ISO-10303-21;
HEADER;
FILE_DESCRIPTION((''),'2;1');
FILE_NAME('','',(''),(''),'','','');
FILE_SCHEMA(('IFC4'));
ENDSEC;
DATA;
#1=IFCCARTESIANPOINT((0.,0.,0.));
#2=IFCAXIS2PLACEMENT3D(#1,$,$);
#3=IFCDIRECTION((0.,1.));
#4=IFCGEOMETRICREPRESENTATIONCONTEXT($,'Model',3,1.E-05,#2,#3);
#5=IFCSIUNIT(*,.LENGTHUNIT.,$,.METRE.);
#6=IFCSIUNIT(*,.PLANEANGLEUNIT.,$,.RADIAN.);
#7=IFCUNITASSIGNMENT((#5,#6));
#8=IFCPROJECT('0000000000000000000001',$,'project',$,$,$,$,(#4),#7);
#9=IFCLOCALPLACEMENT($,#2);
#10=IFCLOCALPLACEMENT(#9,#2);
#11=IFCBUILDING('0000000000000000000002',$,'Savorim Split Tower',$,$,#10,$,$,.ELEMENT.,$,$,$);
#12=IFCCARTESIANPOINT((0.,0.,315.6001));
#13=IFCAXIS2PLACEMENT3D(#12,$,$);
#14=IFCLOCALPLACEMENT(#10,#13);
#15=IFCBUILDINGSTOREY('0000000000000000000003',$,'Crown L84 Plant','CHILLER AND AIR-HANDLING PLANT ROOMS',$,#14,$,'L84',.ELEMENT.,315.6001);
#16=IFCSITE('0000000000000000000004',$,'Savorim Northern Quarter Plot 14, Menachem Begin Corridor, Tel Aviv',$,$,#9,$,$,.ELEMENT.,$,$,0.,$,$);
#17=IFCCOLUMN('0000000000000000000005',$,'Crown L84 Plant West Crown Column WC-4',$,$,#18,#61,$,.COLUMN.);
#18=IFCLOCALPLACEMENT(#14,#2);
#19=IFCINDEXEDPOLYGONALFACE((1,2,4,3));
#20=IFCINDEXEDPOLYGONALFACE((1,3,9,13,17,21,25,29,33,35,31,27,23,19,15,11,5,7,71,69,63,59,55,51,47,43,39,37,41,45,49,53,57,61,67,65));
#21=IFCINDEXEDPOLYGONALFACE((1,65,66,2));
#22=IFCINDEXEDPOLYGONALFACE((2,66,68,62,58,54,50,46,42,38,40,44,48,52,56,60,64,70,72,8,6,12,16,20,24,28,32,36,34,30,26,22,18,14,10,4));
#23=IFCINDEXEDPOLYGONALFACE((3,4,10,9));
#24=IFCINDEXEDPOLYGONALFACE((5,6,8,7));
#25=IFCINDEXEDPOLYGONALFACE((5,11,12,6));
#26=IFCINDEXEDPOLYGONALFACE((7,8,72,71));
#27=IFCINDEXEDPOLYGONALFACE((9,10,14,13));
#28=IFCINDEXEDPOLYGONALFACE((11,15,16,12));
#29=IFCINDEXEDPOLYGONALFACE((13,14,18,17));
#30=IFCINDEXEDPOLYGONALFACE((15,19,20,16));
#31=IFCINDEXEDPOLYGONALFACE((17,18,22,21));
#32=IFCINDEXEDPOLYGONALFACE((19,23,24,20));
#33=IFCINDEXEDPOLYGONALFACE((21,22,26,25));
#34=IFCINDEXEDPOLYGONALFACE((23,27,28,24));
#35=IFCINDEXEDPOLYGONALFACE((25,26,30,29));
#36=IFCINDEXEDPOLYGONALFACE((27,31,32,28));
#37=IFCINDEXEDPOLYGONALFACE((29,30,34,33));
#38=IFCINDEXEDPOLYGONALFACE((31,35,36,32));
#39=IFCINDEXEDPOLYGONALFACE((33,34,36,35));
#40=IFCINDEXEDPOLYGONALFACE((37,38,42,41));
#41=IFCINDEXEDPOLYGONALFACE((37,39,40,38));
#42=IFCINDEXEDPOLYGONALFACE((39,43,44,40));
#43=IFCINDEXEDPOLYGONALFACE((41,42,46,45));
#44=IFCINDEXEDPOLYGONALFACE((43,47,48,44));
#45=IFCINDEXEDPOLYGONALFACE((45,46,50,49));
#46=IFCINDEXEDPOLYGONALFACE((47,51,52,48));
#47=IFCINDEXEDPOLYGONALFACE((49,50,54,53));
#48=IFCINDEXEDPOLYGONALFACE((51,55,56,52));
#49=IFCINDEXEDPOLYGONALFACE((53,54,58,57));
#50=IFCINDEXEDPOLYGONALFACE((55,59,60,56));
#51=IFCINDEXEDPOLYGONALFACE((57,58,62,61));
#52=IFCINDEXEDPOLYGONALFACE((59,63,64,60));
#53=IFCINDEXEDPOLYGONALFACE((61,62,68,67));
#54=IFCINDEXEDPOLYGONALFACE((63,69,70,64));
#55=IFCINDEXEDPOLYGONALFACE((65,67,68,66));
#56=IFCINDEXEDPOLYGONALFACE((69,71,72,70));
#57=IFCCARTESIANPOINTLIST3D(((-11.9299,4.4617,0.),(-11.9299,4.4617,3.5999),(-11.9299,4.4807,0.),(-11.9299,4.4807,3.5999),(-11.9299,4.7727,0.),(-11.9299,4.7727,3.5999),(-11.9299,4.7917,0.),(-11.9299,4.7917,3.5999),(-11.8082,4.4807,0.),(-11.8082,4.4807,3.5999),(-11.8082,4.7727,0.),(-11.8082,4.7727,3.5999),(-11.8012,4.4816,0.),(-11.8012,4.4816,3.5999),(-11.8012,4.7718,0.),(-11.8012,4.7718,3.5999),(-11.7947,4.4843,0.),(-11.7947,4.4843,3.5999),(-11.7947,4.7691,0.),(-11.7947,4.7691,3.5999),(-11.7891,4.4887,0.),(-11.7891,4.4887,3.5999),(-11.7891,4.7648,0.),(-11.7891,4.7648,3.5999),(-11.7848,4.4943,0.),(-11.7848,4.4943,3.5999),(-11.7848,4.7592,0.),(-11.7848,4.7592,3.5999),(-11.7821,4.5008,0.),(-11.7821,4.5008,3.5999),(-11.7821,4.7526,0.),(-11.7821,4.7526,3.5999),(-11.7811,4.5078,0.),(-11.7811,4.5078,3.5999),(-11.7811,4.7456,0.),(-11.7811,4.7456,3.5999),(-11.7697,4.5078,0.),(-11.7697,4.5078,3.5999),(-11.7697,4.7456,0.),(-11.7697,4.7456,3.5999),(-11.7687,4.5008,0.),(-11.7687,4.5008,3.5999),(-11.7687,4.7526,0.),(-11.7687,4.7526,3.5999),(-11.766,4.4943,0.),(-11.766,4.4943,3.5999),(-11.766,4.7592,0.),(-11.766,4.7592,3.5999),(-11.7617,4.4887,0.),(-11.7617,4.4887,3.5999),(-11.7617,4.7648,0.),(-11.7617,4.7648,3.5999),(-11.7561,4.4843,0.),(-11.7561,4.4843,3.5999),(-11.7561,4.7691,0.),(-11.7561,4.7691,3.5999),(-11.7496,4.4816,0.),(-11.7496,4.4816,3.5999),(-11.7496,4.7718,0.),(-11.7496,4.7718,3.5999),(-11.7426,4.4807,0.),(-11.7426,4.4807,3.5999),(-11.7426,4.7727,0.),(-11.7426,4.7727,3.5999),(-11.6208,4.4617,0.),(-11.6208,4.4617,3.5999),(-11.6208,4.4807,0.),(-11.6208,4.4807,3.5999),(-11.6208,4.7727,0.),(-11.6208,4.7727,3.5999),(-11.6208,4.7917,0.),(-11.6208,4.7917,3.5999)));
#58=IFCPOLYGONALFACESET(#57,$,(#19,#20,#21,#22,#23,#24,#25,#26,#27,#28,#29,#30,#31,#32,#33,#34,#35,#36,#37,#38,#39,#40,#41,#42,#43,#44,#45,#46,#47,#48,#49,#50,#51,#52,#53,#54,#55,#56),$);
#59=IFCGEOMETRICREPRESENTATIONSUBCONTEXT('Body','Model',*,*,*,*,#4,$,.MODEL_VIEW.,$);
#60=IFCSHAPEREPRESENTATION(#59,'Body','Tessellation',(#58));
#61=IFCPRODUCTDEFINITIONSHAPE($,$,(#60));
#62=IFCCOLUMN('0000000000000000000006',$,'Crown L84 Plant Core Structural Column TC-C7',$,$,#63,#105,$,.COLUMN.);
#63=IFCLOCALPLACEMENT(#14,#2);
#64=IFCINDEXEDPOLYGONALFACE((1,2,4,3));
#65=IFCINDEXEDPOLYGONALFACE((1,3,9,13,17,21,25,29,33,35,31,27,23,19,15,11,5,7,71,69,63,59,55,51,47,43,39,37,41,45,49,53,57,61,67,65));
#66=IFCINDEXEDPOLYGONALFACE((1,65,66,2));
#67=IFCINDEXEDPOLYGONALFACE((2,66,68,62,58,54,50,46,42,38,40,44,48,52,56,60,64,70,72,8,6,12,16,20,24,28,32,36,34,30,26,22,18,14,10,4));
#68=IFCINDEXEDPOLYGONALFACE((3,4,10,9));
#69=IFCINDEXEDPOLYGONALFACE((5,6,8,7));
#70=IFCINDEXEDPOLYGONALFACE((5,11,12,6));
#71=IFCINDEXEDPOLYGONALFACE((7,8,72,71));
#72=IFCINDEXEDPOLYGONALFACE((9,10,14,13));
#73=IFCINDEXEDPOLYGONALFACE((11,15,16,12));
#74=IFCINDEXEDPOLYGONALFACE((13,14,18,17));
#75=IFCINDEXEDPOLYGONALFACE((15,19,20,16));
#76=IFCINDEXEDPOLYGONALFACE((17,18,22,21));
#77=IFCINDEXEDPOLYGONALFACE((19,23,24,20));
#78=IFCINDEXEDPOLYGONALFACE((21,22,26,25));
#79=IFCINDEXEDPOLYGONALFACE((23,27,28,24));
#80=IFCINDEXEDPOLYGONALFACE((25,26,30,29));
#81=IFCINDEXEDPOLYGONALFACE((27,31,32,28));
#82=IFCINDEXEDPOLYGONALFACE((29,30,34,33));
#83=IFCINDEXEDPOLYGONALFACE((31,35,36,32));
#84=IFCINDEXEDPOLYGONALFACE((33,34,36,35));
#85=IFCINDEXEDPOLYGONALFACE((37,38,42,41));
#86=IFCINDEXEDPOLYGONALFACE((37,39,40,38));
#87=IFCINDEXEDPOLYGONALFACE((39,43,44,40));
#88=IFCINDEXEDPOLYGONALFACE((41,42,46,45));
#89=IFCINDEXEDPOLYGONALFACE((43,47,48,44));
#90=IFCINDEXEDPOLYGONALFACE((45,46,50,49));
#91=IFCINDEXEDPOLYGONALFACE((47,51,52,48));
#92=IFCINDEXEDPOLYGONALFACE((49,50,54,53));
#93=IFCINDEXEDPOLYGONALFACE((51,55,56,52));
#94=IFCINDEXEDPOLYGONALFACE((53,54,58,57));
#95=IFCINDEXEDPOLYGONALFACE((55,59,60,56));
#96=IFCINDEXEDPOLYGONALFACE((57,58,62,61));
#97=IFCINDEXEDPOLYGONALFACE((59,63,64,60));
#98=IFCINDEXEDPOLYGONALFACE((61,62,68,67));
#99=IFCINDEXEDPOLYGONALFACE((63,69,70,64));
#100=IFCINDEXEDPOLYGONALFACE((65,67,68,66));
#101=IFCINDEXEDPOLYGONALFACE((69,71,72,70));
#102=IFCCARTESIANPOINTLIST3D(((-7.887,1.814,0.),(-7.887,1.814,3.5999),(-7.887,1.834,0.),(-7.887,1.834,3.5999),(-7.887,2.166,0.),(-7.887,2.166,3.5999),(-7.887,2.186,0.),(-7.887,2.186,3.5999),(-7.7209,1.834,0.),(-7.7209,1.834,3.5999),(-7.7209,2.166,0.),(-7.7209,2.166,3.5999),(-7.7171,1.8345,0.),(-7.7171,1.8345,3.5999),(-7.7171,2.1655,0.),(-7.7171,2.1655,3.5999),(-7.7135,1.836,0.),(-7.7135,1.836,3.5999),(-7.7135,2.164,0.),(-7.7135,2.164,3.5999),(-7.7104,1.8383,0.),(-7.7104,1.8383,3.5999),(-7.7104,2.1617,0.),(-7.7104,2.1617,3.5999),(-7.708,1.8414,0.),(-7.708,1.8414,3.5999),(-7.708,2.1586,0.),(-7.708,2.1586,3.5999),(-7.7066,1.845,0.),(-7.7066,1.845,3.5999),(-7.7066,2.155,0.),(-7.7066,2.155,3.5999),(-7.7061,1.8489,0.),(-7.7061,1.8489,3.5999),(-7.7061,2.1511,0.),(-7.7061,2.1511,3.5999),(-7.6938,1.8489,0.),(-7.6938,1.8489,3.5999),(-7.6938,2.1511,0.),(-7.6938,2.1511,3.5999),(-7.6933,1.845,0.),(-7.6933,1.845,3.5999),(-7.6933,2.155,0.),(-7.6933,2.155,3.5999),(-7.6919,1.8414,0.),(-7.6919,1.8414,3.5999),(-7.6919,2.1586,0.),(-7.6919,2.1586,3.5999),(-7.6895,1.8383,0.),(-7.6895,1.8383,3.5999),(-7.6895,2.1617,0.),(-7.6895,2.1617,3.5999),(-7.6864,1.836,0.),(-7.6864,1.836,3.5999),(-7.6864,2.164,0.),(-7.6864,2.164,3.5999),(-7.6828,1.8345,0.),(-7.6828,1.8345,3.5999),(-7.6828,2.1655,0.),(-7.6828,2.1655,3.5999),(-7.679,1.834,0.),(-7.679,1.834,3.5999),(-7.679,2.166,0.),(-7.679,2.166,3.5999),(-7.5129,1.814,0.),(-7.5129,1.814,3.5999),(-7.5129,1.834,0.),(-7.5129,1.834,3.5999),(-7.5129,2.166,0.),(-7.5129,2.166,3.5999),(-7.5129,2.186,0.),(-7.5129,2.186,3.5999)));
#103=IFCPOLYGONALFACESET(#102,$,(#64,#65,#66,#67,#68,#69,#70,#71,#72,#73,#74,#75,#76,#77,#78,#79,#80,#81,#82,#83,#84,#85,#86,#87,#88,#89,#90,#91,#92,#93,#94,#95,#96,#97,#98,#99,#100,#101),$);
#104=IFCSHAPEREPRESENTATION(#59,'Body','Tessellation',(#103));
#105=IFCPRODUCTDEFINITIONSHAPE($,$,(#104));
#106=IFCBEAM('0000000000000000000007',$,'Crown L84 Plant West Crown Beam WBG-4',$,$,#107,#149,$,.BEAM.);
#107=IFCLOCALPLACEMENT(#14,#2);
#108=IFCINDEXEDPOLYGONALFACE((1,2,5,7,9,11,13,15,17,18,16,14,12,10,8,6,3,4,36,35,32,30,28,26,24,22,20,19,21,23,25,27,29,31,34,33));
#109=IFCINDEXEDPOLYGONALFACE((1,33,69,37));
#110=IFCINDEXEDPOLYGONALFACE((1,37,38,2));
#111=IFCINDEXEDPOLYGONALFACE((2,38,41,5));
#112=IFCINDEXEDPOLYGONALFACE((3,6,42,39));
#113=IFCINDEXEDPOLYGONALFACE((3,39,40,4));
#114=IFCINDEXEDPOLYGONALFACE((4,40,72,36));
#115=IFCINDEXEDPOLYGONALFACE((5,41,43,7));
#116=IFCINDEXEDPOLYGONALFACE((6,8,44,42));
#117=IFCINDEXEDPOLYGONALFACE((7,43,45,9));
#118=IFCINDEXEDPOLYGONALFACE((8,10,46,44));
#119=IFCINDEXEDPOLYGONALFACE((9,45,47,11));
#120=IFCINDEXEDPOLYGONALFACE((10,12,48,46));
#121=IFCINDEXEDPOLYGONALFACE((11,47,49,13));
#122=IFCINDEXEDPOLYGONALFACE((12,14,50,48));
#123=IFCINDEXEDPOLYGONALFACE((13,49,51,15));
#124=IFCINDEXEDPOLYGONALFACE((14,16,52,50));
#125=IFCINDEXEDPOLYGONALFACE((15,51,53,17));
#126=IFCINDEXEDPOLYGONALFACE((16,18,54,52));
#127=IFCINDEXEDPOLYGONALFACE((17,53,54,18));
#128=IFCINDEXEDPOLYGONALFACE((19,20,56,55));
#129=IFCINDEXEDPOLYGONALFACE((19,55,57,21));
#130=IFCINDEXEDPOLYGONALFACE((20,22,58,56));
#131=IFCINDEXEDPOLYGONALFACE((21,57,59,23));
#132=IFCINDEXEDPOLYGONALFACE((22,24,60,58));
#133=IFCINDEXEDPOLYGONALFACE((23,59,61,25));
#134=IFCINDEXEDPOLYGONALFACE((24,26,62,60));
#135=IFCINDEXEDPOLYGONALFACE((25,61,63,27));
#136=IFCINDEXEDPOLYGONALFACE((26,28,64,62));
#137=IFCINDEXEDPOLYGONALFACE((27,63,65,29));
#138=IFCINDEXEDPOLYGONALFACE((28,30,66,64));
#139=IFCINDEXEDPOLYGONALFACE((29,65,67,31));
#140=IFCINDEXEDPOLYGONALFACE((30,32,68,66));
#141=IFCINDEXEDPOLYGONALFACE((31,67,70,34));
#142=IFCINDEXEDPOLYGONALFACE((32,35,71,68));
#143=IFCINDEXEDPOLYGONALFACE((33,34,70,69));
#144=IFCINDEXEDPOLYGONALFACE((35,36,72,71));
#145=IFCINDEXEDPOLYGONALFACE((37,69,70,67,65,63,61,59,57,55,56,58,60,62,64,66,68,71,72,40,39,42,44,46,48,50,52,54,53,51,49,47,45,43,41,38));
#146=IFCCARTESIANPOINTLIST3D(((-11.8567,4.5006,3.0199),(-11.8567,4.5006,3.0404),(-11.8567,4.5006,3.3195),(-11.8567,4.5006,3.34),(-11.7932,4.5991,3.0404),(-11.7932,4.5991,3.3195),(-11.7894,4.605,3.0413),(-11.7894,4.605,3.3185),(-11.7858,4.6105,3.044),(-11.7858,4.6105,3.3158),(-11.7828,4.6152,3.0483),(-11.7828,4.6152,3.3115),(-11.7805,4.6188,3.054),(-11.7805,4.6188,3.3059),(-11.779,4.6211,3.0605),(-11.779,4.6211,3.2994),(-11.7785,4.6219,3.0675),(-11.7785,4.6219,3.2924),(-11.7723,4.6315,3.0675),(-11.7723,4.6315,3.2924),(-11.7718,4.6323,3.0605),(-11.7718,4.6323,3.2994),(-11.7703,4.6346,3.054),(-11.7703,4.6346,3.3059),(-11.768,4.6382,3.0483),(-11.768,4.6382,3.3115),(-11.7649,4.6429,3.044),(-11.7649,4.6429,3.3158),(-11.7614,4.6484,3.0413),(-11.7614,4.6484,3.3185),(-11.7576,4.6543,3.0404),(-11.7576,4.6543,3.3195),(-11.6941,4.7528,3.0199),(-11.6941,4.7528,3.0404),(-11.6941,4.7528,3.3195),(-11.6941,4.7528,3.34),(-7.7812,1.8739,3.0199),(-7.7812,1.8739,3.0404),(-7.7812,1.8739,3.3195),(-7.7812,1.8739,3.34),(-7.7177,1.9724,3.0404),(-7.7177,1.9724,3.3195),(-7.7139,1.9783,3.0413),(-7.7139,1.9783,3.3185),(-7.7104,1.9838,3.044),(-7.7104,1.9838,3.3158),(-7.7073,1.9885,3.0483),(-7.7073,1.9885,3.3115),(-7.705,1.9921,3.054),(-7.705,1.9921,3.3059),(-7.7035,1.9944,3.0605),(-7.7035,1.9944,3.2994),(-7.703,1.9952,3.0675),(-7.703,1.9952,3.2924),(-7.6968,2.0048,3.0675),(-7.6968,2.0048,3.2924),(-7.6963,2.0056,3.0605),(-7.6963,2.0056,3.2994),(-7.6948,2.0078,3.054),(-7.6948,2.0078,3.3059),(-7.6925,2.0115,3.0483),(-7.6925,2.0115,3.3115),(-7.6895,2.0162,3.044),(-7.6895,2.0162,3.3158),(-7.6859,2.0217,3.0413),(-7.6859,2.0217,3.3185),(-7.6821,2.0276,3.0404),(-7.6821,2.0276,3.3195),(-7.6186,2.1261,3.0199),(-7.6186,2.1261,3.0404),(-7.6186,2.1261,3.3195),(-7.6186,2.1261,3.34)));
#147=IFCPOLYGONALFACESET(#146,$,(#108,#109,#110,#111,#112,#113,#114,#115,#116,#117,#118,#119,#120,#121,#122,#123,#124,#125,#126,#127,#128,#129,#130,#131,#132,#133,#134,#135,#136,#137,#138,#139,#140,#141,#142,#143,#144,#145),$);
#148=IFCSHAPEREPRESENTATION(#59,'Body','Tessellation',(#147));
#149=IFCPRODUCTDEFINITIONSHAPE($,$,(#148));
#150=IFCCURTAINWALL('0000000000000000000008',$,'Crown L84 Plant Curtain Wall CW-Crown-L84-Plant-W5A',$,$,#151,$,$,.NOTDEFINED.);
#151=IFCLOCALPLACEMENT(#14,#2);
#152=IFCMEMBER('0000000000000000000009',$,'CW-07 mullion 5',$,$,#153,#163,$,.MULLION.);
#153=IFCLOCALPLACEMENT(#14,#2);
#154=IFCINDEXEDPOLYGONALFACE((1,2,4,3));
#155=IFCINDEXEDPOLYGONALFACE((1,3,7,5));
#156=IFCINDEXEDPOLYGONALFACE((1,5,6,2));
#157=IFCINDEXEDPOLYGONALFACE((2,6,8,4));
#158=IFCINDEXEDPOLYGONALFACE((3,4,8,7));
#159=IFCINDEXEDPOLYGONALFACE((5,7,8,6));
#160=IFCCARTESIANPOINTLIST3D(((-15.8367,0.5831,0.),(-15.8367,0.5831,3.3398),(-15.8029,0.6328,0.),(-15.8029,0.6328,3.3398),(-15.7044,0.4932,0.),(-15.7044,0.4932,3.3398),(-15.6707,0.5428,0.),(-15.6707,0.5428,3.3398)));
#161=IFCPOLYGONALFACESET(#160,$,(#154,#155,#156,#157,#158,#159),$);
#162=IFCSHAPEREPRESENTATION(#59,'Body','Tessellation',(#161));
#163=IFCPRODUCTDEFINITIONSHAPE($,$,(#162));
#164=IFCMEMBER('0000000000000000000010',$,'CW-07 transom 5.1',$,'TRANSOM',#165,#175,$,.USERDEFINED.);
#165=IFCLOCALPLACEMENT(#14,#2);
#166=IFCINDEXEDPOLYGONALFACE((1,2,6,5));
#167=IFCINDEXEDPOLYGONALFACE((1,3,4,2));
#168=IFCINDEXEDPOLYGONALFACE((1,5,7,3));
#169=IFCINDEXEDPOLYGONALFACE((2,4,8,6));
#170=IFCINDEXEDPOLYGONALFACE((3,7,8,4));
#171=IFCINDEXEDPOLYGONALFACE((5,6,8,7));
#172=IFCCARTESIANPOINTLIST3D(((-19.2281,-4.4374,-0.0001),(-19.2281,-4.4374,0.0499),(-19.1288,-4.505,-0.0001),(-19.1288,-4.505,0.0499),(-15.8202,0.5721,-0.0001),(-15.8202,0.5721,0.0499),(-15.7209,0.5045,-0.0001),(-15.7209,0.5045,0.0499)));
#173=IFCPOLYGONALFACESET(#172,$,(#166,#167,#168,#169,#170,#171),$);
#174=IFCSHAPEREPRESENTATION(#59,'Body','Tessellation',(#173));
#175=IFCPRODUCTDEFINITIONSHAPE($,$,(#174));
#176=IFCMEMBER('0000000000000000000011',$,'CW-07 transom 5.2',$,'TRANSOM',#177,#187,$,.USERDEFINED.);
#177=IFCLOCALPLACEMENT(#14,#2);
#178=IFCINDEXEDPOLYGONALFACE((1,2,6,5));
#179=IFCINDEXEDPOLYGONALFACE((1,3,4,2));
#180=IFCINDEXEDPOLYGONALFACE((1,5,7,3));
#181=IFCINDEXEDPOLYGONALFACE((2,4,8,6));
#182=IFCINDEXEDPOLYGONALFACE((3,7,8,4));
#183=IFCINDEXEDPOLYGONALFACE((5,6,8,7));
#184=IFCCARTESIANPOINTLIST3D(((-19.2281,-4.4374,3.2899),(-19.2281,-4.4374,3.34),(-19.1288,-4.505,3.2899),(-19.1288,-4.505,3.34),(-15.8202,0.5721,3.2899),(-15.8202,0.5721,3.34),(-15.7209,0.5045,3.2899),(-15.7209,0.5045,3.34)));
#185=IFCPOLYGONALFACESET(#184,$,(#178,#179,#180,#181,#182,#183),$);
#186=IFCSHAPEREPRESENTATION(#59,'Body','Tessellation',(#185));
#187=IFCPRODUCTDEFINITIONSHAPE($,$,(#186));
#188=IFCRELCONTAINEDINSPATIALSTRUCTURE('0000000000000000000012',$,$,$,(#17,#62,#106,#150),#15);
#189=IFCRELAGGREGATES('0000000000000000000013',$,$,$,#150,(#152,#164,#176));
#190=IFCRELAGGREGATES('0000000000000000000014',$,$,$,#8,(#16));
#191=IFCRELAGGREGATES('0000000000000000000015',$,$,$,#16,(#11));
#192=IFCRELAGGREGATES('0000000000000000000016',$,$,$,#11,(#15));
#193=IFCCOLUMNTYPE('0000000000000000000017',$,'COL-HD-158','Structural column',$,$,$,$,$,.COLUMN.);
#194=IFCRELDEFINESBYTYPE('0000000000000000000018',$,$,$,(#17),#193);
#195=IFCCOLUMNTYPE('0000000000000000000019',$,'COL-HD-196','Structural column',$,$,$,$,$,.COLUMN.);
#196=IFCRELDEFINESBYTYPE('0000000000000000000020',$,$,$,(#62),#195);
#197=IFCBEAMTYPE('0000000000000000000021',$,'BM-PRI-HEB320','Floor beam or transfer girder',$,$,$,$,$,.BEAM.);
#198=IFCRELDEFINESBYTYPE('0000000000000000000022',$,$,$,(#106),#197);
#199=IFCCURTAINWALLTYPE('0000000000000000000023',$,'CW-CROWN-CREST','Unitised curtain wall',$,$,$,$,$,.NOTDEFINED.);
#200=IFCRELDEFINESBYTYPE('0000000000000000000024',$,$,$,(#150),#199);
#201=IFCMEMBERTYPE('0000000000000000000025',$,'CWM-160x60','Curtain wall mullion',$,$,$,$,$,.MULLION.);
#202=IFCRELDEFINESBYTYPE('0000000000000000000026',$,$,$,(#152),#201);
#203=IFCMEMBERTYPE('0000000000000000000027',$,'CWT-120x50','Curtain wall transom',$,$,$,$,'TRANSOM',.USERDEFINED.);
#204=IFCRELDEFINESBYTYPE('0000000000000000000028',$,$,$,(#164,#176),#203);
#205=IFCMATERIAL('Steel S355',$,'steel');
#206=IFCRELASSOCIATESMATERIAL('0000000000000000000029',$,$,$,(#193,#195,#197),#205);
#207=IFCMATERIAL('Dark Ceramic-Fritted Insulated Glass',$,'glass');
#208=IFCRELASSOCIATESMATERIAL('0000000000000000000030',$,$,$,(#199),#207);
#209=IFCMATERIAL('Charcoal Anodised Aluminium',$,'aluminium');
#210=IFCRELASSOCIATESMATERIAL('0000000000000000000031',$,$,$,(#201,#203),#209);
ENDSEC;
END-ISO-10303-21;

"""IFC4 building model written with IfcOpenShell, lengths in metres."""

from ifc_helpers import new_model, si_unit, direction, frame, origin, origin_2d, place, context, subcontext, project, spatial, rectangle, i_section, extrude, material, material_profile, profile_set, type_object, element, aggregate, save


model = new_model("IFC4")

# Units and contexts
model_context = context("Model", 3, precision=1e-05, world=origin(), true_north=direction((0.0, 1.0)))
body_context = subcontext(model_context, "Body", "Model", "MODEL_VIEW")
ifc_project = project(units=[si_unit("LENGTHUNIT", "METRE"), si_unit("PLANEANGLEUNIT", "RADIAN")], contexts=[model_context])

# Site, building, storey
site_placement = place(None, origin())
site = spatial("IfcSite", under=ifc_project, at=site_placement, Name="Savorim Northern Quarter Plot 14, Menachem Begin Corridor, Tel Aviv", CompositionType="ELEMENT", RefElevation=0.0)
building_placement = place(site_placement, origin())
building = spatial("IfcBuilding", under=site, at=building_placement, Name="Savorim Split Tower", CompositionType="ELEMENT")
storey_placement = place(building_placement, frame((0.0, 0.0, 315.6001)))
storey = spatial("IfcBuildingStorey", under=building, at=storey_placement, Name="Crown L84 Plant", Description="CHILLER AND AIR-HANDLING PLANT ROOMS", LongName="L84", CompositionType="ELEMENT", Elevation=315.6001)

# Columns
ifc_material_1 = material(Name="Steel S355", Category="steel")
ifc_material_profile_1 = material_profile(ifc_material_1, i_section(OverallWidth=0.3091, OverallDepth=0.3301, WebThickness=0.0115, FlangeThickness=0.019, FilletRadius=0.0271, at=origin_2d()), Name="HD 320x158")
ifc_profile_set_1 = profile_set([ifc_material_profile_1], Name="Steel S355")
column_type_1 = type_object("IfcColumnType", Name="COL-HD-158", Description="Structural column", PredefinedType="COLUMN", material=ifc_profile_set_1)
column_1_placement = place(storey_placement, frame((-11.7754, 4.6267, 0.0), z_axis=(0.0, 0.0, 1.0), x_axis=(1.0, 0.0, 0.0)))
element("IfcColumn", 1, at=column_1_placement, inside=storey, type_object=column_type_1, Name="Crown L84 Plant West Crown Column WC-4", PredefinedType="COLUMN", context=body_context, shape_type="SweptSolid", body=[
    extrude(i_section(OverallWidth=0.3091, OverallDepth=0.3301, WebThickness=0.0115, FlangeThickness=0.019, FilletRadius=0.0271, at=origin_2d()), origin(), (0.0, 0.0, 1.0), 3.5999),
])
ifc_material_profile_2 = material_profile(ifc_material_1, i_section(OverallWidth=0.374, OverallDepth=0.3721, WebThickness=0.0122, FlangeThickness=0.02, FilletRadius=0.0149, at=origin_2d()), Name="HD 360x196")
ifc_profile_set_2 = profile_set([ifc_material_profile_2], Name="Steel S355")
column_type_2 = type_object("IfcColumnType", Name="COL-HD-196", Description="Structural column", PredefinedType="COLUMN", material=ifc_profile_set_2)
column_2_placement = place(storey_placement, frame((-7.7, 2.0, 0.0), z_axis=(0.0, 0.0, 1.0), x_axis=(1.0, 0.0, 0.0)))
element("IfcColumn", 2, at=column_2_placement, inside=storey, type_object=column_type_2, Name="Crown L84 Plant Core Structural Column TC-C7", PredefinedType="COLUMN", context=body_context, shape_type="SweptSolid", body=[
    extrude(i_section(OverallWidth=0.374, OverallDepth=0.3721, WebThickness=0.0122, FlangeThickness=0.02, FilletRadius=0.0149, at=origin_2d()), origin(), (0.0, 0.0, 1.0), 3.5999),
])

# Beam
ifc_material_profile_3 = material_profile(ifc_material_1, i_section(OverallWidth=0.3, OverallDepth=0.3201, WebThickness=0.0115, FlangeThickness=0.0205, FilletRadius=0.0271, at=origin_2d()), Name="HEB 320")
ifc_profile_set_3 = profile_set([ifc_material_profile_3], Name="Steel S355")
beam_type = type_object("IfcBeamType", Name="BM-PRI-HEB320", Description="Floor beam or transfer girder", PredefinedType="BEAM", material=ifc_profile_set_3)
beam_placement = place(storey_placement, frame((-11.7754, 4.6267, 3.1799), z_axis=(0.840541, -0.541747, 0.0), x_axis=(0.541747, 0.840541, 0.0)))
element("IfcBeam", 3, at=beam_placement, inside=storey, type_object=beam_type, Name="Crown L84 Plant West Crown Beam WBG-4", PredefinedType="BEAM", context=body_context, shape_type="SweptSolid", body=[
    extrude(i_section(OverallWidth=0.3, OverallDepth=0.3201, WebThickness=0.0115, FlangeThickness=0.0205, FilletRadius=0.0271, at=origin_2d()), origin(), (0.0, 0.0, 1.0), 4.8486),
])

# Curtain wall, members
ifc_material_2 = material(Name="Dark Ceramic-Fritted Insulated Glass", Category="glass")
curtain_wall_type = type_object("IfcCurtainWallType", Name="CW-CROWN-CREST", Description="Unitised curtain wall", PredefinedType="NOTDEFINED", material=ifc_material_2)
curtain_wall_placement = place(storey_placement, origin())
curtain_wall = element("IfcCurtainWall", 4, at=curtain_wall_placement, inside=storey, type_object=curtain_wall_type, Name="Crown L84 Plant Curtain Wall CW-Crown-L84-Plant-W5A", PredefinedType="NOTDEFINED")
ifc_material_3 = material(Name="Charcoal Anodised Aluminium", Category="aluminium")
ifc_material_profile_4 = material_profile(ifc_material_3, rectangle(XDim=0.1599, YDim=0.0601, at=origin_2d()), Name="ALU-M 160x60")
ifc_profile_set_4 = profile_set([ifc_material_profile_4], Name="Charcoal Anodised Aluminium")
member_type_1 = type_object("IfcMemberType", Name="CWM-160x60", Description="Curtain wall mullion", PredefinedType="MULLION", material=ifc_profile_set_4)
member_1_placement = place(storey_placement, frame((-15.7537, 0.563, 0.0), z_axis=(0.0, 0.0, 1.0), x_axis=(0.82682, -0.562467, 0.0)))
member_1 = element("IfcMember", 5, at=member_1_placement, type_object=member_type_1, Name="CW-07 mullion 5", PredefinedType="MULLION", context=body_context, shape_type="SweptSolid", body=[
    extrude(rectangle(XDim=0.1599, YDim=0.0601, at=origin_2d()), origin(), (0.0, 0.0, 1.0), 3.3398),
])
ifc_material_profile_5 = material_profile(ifc_material_3, rectangle(XDim=0.1201, YDim=0.05, at=origin_2d()), Name="ALU-T 120x50")
ifc_profile_set_5 = profile_set([ifc_material_profile_5], Name="Charcoal Anodised Aluminium")
member_type_2 = type_object("IfcMemberType", Name="CWT-120x50", Description="Curtain wall transom", ElementType="TRANSOM", PredefinedType="USERDEFINED", material=ifc_profile_set_5)
member_2_placement = place(storey_placement, frame((-15.7705, 0.5383, 0.0249), z_axis=(-0.562478, -0.826813, 0.0), x_axis=(0.826813, -0.562478, 0.0)))
member_2 = element("IfcMember", 6, at=member_2_placement, type_object=member_type_2, Name="CW-07 transom 5.1", ObjectType="TRANSOM", PredefinedType="USERDEFINED", context=body_context, shape_type="SweptSolid", body=[
    extrude(rectangle(XDim=0.1201, YDim=0.05, at=origin_2d()), origin(), (0.0, 0.0, 1.0), 6.0588),
])
member_3_placement = place(storey_placement, frame((-15.7705, 0.5383, 3.3149), z_axis=(-0.562478, -0.826813, 0.0), x_axis=(0.826813, -0.562478, 0.0)))
member_3 = element("IfcMember", 7, at=member_3_placement, type_object=member_type_2, Name="CW-07 transom 5.2", ObjectType="TRANSOM", PredefinedType="USERDEFINED", context=body_context, shape_type="SweptSolid", body=[
    extrude(rectangle(XDim=0.1201, YDim=0.05, at=origin_2d()), origin(), (0.0, 0.0, 1.0), 6.0588),
])
aggregate(curtain_wall, [member_1, member_2, member_3])

save(model, "model.ifc")
